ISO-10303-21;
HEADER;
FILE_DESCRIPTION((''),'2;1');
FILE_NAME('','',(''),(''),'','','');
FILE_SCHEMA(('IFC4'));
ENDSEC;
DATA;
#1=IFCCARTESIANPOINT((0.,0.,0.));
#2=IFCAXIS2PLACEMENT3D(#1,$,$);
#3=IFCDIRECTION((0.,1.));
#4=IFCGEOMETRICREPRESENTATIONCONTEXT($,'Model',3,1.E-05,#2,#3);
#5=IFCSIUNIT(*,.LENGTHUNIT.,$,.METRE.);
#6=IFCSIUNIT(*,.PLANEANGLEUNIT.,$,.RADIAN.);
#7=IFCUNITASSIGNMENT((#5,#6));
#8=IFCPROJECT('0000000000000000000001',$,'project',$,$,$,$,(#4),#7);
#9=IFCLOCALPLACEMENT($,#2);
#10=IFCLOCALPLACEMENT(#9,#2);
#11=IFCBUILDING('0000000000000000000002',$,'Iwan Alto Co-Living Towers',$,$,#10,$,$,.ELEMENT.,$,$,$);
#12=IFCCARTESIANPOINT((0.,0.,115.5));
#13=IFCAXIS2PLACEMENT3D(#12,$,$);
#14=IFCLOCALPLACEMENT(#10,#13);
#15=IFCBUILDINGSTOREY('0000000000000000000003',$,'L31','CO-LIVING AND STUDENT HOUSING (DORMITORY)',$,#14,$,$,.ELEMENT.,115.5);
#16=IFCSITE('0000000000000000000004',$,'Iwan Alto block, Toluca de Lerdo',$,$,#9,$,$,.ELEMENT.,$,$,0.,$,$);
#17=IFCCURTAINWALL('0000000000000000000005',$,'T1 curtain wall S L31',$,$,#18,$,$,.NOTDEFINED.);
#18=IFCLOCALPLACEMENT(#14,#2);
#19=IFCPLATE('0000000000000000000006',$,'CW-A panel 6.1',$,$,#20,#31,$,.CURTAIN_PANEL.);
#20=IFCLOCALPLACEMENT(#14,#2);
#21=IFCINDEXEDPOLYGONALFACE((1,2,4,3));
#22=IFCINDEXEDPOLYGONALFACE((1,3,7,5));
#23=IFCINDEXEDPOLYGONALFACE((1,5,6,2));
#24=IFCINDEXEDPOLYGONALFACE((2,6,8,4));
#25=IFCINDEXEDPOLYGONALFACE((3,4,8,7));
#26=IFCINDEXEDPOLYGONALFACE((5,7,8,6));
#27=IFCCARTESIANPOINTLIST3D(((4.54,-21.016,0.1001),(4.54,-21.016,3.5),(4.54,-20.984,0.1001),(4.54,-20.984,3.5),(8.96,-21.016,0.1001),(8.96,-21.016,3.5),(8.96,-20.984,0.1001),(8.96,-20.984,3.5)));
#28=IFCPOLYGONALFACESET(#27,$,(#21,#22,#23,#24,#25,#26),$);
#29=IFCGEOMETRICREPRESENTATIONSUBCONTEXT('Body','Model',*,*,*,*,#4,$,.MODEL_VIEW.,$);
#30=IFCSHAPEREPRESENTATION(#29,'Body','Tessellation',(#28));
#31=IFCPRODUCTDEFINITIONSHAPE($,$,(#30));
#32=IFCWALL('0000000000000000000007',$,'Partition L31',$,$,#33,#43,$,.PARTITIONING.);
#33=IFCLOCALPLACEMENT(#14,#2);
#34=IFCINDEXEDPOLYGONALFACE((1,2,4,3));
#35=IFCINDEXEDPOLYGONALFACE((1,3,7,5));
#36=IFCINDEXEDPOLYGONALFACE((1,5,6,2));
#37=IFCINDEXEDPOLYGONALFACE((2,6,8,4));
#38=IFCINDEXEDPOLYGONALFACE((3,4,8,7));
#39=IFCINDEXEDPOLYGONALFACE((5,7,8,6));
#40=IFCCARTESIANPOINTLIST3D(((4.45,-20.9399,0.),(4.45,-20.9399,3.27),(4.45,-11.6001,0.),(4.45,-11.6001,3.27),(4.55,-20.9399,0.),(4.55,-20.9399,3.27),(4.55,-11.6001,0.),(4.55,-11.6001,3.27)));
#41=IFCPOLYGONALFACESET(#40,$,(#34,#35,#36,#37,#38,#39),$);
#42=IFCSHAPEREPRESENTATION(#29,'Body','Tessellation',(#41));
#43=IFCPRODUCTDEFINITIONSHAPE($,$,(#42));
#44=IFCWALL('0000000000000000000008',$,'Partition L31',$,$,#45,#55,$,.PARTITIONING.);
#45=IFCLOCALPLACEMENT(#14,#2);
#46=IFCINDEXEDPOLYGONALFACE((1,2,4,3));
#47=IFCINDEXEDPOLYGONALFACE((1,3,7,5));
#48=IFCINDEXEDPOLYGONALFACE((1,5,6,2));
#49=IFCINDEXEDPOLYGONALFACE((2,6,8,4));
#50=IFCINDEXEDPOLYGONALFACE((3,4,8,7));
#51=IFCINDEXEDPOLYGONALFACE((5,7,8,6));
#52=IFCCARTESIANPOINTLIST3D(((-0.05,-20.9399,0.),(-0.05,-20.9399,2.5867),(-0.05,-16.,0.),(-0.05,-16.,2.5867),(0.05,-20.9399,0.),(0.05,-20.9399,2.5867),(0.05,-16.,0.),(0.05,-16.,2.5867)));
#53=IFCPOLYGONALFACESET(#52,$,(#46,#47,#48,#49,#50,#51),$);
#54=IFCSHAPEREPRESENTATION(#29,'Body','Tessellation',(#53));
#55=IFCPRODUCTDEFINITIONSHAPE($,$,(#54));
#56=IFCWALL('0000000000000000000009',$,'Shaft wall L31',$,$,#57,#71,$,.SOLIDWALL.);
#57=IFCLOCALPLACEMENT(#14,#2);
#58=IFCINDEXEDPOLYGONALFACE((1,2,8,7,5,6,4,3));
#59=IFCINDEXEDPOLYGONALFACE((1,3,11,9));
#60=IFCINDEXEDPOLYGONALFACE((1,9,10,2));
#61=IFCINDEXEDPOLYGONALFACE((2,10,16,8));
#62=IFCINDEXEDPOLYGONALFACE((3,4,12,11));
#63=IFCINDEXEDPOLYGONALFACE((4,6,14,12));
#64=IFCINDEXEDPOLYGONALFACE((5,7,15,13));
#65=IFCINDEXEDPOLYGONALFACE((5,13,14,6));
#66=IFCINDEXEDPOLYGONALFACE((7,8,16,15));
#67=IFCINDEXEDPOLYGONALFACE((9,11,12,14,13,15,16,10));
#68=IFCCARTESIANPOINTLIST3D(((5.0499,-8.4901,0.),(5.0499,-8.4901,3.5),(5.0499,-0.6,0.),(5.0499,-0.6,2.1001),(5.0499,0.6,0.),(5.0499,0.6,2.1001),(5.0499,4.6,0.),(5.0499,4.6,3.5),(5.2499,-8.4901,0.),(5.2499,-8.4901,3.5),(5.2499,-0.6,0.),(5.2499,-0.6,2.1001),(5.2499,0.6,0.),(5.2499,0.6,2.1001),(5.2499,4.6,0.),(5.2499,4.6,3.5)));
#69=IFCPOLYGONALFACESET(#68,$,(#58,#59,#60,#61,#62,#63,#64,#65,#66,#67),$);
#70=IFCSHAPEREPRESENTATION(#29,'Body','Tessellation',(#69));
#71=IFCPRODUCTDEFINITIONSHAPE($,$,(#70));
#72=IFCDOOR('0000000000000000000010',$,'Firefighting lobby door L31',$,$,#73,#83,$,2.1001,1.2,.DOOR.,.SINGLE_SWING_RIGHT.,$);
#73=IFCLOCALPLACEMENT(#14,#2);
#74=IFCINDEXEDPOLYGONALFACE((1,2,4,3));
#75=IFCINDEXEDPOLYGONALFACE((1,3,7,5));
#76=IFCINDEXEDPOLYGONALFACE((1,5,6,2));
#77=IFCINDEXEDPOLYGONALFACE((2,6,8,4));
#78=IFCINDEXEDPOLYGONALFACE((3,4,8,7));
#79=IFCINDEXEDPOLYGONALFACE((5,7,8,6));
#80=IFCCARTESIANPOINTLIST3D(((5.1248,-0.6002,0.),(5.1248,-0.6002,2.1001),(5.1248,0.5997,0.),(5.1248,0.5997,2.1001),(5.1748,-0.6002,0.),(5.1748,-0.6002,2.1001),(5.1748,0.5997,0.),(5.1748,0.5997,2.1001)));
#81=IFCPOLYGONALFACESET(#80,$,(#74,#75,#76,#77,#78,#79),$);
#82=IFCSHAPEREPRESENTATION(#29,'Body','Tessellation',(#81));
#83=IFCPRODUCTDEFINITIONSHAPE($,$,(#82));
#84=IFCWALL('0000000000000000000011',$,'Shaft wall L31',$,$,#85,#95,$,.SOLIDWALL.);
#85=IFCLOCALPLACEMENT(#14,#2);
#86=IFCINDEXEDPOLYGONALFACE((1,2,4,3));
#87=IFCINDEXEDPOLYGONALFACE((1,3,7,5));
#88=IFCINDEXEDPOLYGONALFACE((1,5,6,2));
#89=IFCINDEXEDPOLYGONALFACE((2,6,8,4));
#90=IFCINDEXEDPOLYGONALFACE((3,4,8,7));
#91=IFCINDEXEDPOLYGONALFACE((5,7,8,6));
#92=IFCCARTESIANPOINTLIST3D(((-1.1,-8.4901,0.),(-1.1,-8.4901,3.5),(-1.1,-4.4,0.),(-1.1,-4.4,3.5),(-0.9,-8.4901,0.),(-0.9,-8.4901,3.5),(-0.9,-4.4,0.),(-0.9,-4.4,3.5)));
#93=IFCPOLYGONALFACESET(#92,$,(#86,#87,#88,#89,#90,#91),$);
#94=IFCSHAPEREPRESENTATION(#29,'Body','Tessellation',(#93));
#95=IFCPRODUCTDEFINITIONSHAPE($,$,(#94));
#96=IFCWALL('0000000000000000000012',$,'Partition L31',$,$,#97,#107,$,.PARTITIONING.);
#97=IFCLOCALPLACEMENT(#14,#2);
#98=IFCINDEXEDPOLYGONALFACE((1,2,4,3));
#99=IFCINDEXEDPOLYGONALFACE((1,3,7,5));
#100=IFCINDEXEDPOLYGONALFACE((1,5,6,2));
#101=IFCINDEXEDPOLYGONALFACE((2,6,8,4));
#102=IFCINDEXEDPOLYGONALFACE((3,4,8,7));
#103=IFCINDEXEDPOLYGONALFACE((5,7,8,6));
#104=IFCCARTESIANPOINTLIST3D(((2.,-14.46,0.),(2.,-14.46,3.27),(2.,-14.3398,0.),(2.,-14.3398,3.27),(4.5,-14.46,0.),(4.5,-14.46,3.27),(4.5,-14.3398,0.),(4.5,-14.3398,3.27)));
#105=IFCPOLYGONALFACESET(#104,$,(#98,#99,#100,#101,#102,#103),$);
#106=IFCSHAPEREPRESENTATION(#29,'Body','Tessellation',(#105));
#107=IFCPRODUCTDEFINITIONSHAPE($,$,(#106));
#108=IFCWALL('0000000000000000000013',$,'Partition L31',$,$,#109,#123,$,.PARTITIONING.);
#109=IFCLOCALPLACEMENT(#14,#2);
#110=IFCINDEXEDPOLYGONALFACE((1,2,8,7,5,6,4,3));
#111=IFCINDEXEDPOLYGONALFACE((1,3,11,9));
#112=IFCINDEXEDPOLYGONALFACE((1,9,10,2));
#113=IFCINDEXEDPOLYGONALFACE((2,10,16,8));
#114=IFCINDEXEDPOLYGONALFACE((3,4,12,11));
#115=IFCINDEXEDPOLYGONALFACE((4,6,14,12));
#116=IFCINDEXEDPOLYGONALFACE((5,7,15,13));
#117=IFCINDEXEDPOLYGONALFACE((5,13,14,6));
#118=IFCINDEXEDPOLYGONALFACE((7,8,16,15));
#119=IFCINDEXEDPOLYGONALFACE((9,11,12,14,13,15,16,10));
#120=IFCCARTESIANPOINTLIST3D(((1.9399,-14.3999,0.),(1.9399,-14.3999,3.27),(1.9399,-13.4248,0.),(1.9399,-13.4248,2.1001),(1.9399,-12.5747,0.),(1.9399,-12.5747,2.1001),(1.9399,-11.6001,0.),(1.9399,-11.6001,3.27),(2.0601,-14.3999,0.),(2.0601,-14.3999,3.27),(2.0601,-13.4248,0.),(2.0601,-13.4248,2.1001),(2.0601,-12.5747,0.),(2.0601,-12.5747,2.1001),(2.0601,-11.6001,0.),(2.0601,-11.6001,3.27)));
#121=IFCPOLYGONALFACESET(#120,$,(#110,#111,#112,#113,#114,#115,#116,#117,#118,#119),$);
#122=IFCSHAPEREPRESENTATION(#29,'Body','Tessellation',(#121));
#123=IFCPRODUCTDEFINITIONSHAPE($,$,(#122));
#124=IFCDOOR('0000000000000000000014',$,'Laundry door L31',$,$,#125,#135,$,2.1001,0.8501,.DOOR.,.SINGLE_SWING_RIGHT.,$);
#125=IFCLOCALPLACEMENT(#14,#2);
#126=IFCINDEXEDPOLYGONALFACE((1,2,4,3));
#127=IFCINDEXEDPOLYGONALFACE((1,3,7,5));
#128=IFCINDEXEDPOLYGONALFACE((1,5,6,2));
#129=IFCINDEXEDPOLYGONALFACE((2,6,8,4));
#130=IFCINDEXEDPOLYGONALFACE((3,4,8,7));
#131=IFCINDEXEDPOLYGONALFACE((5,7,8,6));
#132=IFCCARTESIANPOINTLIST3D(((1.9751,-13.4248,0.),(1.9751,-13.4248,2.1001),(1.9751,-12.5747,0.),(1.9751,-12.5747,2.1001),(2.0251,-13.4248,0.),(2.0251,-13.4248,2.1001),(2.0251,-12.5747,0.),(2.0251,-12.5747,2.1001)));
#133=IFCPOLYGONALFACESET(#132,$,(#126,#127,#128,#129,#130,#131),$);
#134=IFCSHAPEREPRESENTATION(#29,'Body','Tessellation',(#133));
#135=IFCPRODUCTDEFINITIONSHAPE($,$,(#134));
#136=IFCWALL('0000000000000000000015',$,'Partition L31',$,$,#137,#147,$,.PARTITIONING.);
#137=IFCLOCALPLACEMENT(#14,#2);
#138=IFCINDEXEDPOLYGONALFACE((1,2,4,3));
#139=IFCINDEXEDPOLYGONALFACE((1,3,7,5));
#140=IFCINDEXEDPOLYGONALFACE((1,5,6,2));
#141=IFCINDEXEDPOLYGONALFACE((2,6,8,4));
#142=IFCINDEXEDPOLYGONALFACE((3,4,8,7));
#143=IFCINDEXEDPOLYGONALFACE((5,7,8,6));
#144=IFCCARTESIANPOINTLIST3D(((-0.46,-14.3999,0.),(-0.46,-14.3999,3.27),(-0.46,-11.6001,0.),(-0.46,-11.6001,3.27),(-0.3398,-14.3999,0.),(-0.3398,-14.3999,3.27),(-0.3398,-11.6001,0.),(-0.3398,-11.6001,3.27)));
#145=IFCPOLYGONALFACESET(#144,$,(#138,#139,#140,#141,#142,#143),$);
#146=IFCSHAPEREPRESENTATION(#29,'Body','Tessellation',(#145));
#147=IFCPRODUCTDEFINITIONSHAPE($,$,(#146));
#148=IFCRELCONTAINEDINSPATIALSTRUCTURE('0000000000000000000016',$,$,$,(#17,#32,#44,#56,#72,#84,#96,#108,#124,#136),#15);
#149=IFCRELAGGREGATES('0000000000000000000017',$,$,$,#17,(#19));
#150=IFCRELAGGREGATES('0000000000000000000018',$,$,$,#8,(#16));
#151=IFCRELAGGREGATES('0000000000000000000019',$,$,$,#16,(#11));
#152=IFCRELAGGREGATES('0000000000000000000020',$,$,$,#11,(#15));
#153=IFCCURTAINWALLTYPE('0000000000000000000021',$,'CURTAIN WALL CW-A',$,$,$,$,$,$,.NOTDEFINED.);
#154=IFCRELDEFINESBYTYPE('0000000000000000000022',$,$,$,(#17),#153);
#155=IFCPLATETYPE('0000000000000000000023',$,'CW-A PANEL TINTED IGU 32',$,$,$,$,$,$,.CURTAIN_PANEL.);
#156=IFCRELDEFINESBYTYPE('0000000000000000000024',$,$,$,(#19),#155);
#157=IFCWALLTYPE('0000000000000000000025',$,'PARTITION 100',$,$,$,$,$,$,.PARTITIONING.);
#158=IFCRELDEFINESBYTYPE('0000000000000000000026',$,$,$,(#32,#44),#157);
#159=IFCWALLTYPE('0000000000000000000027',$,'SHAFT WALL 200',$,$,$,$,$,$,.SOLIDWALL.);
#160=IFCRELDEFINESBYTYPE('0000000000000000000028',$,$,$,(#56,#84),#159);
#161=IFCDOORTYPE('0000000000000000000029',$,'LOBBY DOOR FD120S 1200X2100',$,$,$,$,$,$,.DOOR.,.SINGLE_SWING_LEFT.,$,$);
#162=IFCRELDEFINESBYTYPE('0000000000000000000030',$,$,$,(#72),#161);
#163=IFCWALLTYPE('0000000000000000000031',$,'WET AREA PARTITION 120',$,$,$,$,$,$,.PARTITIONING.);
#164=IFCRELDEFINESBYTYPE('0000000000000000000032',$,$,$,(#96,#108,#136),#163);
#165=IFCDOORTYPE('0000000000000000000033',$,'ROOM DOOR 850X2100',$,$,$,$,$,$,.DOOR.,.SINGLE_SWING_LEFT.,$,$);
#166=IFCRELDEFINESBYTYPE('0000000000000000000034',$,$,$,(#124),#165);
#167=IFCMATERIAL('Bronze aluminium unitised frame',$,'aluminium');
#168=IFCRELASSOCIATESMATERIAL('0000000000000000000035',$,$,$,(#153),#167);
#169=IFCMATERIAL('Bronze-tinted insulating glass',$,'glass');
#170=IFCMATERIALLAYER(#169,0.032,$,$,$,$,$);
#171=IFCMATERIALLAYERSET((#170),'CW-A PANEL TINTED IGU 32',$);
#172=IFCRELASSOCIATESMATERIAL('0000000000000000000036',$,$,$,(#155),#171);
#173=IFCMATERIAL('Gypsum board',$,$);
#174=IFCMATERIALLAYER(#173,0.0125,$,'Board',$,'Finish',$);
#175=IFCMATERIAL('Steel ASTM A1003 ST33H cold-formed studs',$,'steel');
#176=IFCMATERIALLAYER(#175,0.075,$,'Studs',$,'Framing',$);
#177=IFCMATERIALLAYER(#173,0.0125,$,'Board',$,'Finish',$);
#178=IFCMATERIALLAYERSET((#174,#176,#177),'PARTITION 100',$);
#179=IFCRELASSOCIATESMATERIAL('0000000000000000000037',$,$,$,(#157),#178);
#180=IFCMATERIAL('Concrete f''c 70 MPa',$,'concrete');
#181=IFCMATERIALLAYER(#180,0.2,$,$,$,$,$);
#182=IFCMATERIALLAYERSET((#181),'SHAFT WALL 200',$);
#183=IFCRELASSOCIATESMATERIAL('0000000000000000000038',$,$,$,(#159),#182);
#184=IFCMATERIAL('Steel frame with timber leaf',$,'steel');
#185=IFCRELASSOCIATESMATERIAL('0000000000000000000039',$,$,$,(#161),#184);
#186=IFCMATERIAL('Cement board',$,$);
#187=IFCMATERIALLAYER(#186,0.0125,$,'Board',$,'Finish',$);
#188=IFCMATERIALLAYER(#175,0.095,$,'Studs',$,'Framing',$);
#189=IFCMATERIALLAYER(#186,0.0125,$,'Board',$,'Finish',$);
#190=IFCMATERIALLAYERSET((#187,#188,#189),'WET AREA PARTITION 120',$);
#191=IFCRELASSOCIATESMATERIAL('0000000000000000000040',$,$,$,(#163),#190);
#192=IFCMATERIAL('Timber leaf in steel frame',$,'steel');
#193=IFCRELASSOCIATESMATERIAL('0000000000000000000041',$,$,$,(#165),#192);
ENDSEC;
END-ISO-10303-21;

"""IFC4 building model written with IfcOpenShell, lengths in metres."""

from ifc_helpers import new_model, si_unit, direction, frame, frame_2d, origin, origin_2d, place, context, subcontext, project, spatial, rectangle, extrude, material, layer, layer_set, type_object, element, fill, aggregate, save


model = new_model("IFC4")

# Units and contexts
model_context = context("Model", 3, precision=1e-05, world=origin(), true_north=direction((0.0, 1.0)))
body_context = subcontext(model_context, "Body", "Model", "MODEL_VIEW")
ifc_project = project(units=[si_unit("LENGTHUNIT", "METRE"), si_unit("PLANEANGLEUNIT", "RADIAN")], contexts=[model_context])

# Site, building, storey
site_placement = place(None, origin())
site = spatial("IfcSite", under=ifc_project, at=site_placement, Name="Iwan Alto block, Toluca de Lerdo", CompositionType="ELEMENT", RefElevation=0.0)
building_placement = place(site_placement, origin())
building = spatial("IfcBuilding", under=site, at=building_placement, Name="Iwan Alto Co-Living Towers", CompositionType="ELEMENT")
storey_placement = place(building_placement, frame((0.0, 0.0, 115.5)))
storey = spatial("IfcBuildingStorey", under=building, at=storey_placement, Name="L31", Description="CO-LIVING AND STUDENT HOUSING (DORMITORY)", CompositionType="ELEMENT", Elevation=115.5)

# Curtain wall
ifc_material_1 = material(Name="Bronze aluminium unitised frame", Category="aluminium")
curtain_wall_type = type_object("IfcCurtainWallType", Name="CURTAIN WALL CW-A", PredefinedType="NOTDEFINED", material=ifc_material_1)
curtain_wall_placement = place(storey_placement, origin())
curtain_wall = element("IfcCurtainWall", 1, at=curtain_wall_placement, inside=storey, type_object=curtain_wall_type, Name="T1 curtain wall S L31", PredefinedType="NOTDEFINED")

# Plate
ifc_material_2 = material(Name="Bronze-tinted insulating glass", Category="glass")
ifc_layer_1 = layer(ifc_material_2, 0.032)
ifc_layer_set_1 = layer_set([ifc_layer_1], Name="CW-A PANEL TINTED IGU 32")
plate_type = type_object("IfcPlateType", Name="CW-A PANEL TINTED IGU 32", PredefinedType="CURTAIN_PANEL", material=ifc_layer_set_1)
plate_1_placement = place(storey_placement, frame((6.75, -21.0, 0.1001), z_axis=(0.0, 0.0, 1.0), x_axis=(1.0, 0.0, 0.0)))
plate_1 = element("IfcPlate", 2, at=plate_1_placement, type_object=plate_type, Name="CW-A panel 6.1", PredefinedType="CURTAIN_PANEL", context=body_context, shape_type="SweptSolid", body=[
    extrude(rectangle(XDim=4.4199, YDim=0.032, at=origin_2d()), origin(), (0.0, 0.0, 1.0), 3.3999),
])
aggregate(curtain_wall, [plate_1])

# Walls
ifc_material_3 = material(Name="Gypsum board")
ifc_layer_2 = layer(ifc_material_3, 0.0125, Name="Board", Category="Finish")
ifc_material_4 = material(Name="Steel ASTM A1003 ST33H cold-formed studs", Category="steel")
ifc_layer_3 = layer(ifc_material_4, 0.075, Name="Studs", Category="Framing")
ifc_layer_4 = layer(ifc_material_3, 0.0125, Name="Board", Category="Finish")
ifc_layer_set_2 = layer_set([ifc_layer_2, ifc_layer_3, ifc_layer_4], Name="PARTITION 100")
wall_type_1 = type_object("IfcWallType", Name="PARTITION 100", PredefinedType="PARTITIONING", material=ifc_layer_set_2)
wall_1_placement = place(storey_placement, frame((4.5, -20.9399, 0.0), z_axis=(0.0, 0.0, 1.0), x_axis=(0.0, 1.0, 0.0)))
element("IfcWall", 3, at=wall_1_placement, inside=storey, type_object=wall_type_1, Name="Partition L31", PredefinedType="PARTITIONING", context=body_context, shape_type="SweptSolid", body=[
    extrude(rectangle(XDim=9.3398, YDim=0.1001, at=frame_2d((4.6699, 0.0))), origin(), (0.0, 0.0, 1.0), 3.27),
])
wall_2_placement = place(storey_placement, frame((0.0, -20.9399, 0.0), z_axis=(0.0, 0.0, 1.0), x_axis=(0.0, 1.0, 0.0)))
element("IfcWall", 4, at=wall_2_placement, inside=storey, type_object=wall_type_1, Name="Partition L31", PredefinedType="PARTITIONING", context=body_context, shape_type="SweptSolid", body=[
    extrude(rectangle(XDim=4.9399, YDim=0.1001, at=frame_2d((2.47, 0.0))), origin(), (0.0, 0.0, 1.0), 2.5867),
])

# Wall, opening, door
ifc_material_5 = material(Name="Concrete f'c 70 MPa", Category="concrete")
ifc_layer_5 = layer(ifc_material_5, 0.2)
ifc_layer_set_3 = layer_set([ifc_layer_5], Name="SHAFT WALL 200")
wall_type_2 = type_object("IfcWallType", Name="SHAFT WALL 200", PredefinedType="SOLIDWALL", material=ifc_layer_set_3)
wall_3_placement = place(storey_placement, frame((5.1499, -8.49, 0.0), z_axis=(0.0, 0.0, 1.0), x_axis=(0.0, 1.0, 0.0)))
wall_3 = element("IfcWall", 5, at=wall_3_placement, inside=storey, type_object=wall_type_2, Name="Shaft wall L31", PredefinedType="SOLIDWALL", context=body_context, shape_type="SweptSolid", body=[
    extrude(rectangle(XDim=13.0901, YDim=0.2, at=frame_2d((6.5449, 0.0))), origin(), (0.0, 0.0, 1.0), 3.5),
])
opening_1_placement = place(wall_3_placement, frame((7.8899, 0.0, 0.0)))
opening_1 = element("IfcOpeningElement", 6, at=opening_1_placement, cuts=wall_3, PredefinedType="OPENING", context=body_context, shape_type="SweptSolid", body=[
    extrude(rectangle(XDim=1.2, YDim=2.1001, at=frame_2d((0.6001, 1.05))), frame((0.0, 0.1099, 0.0), z_axis=(0.0, -1.0, 0.0), x_axis=(1.0, 0.0, 0.0)), (0.0, 0.0, 1.0), 0.22),
])
ifc_material_6 = material(Name="Steel frame with timber leaf", Category="steel")
door_type_1 = type_object("IfcDoorType", Name="LOBBY DOOR FD120S 1200X2100", OperationType="SINGLE_SWING_LEFT", PredefinedType="DOOR", material=ifc_material_6)
door_1_placement = place(opening_1_placement, frame((1.2, 0.0, 0.0), z_axis=(0.0, 0.0, 1.0), x_axis=(-1.0, 0.0, 0.0)))
door_1 = element("IfcDoor", 7, at=door_1_placement, inside=storey, type_object=door_type_1, Name="Firefighting lobby door L31", OperationType="SINGLE_SWING_RIGHT", OverallHeight=2.1001, OverallWidth=1.2, PredefinedType="DOOR", context=body_context, shape_type="SweptSolid", body=[
    extrude(rectangle(XDim=1.2, YDim=2.1001, at=frame_2d((0.6001, 1.05))), frame((0.0, 0.0249, 0.0), z_axis=(0.0, -1.0, 0.0), x_axis=(1.0, 0.0, 0.0)), (0.0, 0.0, 1.0), 0.05),
])
fill(opening_1, door_1)

# Walls
wall_4_placement = place(storey_placement, frame((-1.0, -8.49, 0.0), z_axis=(0.0, 0.0, 1.0), x_axis=(0.0, 1.0, 0.0)))
element("IfcWall", 8, at=wall_4_placement, inside=storey, type_object=wall_type_2, Name="Shaft wall L31", PredefinedType="SOLIDWALL", context=body_context, shape_type="SweptSolid", body=[
    extrude(rectangle(XDim=4.0901, YDim=0.2, at=frame_2d((2.0449, 0.0))), origin(), (0.0, 0.0, 1.0), 3.5),
])
ifc_material_7 = material(Name="Cement board")
ifc_layer_6 = layer(ifc_material_7, 0.0125, Name="Board", Category="Finish")
ifc_layer_7 = layer(ifc_material_4, 0.095, Name="Studs", Category="Framing")
ifc_layer_8 = layer(ifc_material_7, 0.0125, Name="Board", Category="Finish")
ifc_layer_set_4 = layer_set([ifc_layer_6, ifc_layer_7, ifc_layer_8], Name="WET AREA PARTITION 120")
wall_type_3 = type_object("IfcWallType", Name="WET AREA PARTITION 120", PredefinedType="PARTITIONING", material=ifc_layer_set_4)
wall_5_placement = place(storey_placement, frame((2.0, -14.3999, 0.0), z_axis=(0.0, 0.0, 1.0), x_axis=(1.0, 0.0, 0.0)))
element("IfcWall", 9, at=wall_5_placement, inside=storey, type_object=wall_type_3, Name="Partition L31", PredefinedType="PARTITIONING", context=body_context, shape_type="SweptSolid", body=[
    extrude(rectangle(XDim=2.5, YDim=0.1201, at=frame_2d((1.25, 0.0))), origin(), (0.0, 0.0, 1.0), 3.27),
])

# Wall, opening, door
wall_6_placement = place(storey_placement, frame((2.0, -14.3999, 0.0), z_axis=(0.0, 0.0, 1.0), x_axis=(0.0, 1.0, 0.0)))
wall_6 = element("IfcWall", 10, at=wall_6_placement, inside=storey, type_object=wall_type_3, Name="Partition L31", PredefinedType="PARTITIONING", context=body_context, shape_type="SweptSolid", body=[
    extrude(rectangle(XDim=2.7998, YDim=0.1201, at=frame_2d((1.3999, 0.0))), origin(), (0.0, 0.0, 1.0), 3.27),
])
opening_2_placement = place(wall_6_placement, frame((0.9751, 0.0, 0.0)))
opening_2 = element("IfcOpeningElement", 11, at=opening_2_placement, cuts=wall_6, PredefinedType="OPENING", context=body_context, shape_type="SweptSolid", body=[
    extrude(rectangle(XDim=0.8501, YDim=2.1001, at=frame_2d((0.425, 1.05))), frame((0.0, 0.0701, 0.0), z_axis=(0.0, -1.0, 0.0), x_axis=(1.0, 0.0, 0.0)), (0.0, 0.0, 1.0), 0.1401),
])
ifc_material_8 = material(Name="Timber leaf in steel frame", Category="steel")
door_type_2 = type_object("IfcDoorType", Name="ROOM DOOR 850X2100", OperationType="SINGLE_SWING_LEFT", PredefinedType="DOOR", material=ifc_material_8)
door_2_placement = place(opening_2_placement, origin())
door_2 = element("IfcDoor", 12, at=door_2_placement, inside=storey, type_object=door_type_2, Name="Laundry door L31", OperationType="SINGLE_SWING_RIGHT", OverallHeight=2.1001, OverallWidth=0.8501, PredefinedType="DOOR", context=body_context, shape_type="SweptSolid", body=[
    extrude(rectangle(XDim=0.8501, YDim=2.1001, at=frame_2d((0.425, 1.05))), frame((0.0, 0.0249, 0.0), z_axis=(0.0, -1.0, 0.0), x_axis=(1.0, 0.0, 0.0)), (0.0, 0.0, 1.0), 0.05),
])
fill(opening_2, door_2)

# Wall
wall_7_placement = place(storey_placement, frame((-0.3999, -14.3999, 0.0), z_axis=(0.0, 0.0, 1.0), x_axis=(0.0, 1.0, 0.0)))
element("IfcWall", 13, at=wall_7_placement, inside=storey, type_object=wall_type_3, Name="Partition L31", PredefinedType="PARTITIONING", context=body_context, shape_type="SweptSolid", body=[
    extrude(rectangle(XDim=2.7998, YDim=0.1201, at=frame_2d((1.3999, 0.0))), origin(), (0.0, 0.0, 1.0), 3.27),
])

save(model, "model.ifc")
